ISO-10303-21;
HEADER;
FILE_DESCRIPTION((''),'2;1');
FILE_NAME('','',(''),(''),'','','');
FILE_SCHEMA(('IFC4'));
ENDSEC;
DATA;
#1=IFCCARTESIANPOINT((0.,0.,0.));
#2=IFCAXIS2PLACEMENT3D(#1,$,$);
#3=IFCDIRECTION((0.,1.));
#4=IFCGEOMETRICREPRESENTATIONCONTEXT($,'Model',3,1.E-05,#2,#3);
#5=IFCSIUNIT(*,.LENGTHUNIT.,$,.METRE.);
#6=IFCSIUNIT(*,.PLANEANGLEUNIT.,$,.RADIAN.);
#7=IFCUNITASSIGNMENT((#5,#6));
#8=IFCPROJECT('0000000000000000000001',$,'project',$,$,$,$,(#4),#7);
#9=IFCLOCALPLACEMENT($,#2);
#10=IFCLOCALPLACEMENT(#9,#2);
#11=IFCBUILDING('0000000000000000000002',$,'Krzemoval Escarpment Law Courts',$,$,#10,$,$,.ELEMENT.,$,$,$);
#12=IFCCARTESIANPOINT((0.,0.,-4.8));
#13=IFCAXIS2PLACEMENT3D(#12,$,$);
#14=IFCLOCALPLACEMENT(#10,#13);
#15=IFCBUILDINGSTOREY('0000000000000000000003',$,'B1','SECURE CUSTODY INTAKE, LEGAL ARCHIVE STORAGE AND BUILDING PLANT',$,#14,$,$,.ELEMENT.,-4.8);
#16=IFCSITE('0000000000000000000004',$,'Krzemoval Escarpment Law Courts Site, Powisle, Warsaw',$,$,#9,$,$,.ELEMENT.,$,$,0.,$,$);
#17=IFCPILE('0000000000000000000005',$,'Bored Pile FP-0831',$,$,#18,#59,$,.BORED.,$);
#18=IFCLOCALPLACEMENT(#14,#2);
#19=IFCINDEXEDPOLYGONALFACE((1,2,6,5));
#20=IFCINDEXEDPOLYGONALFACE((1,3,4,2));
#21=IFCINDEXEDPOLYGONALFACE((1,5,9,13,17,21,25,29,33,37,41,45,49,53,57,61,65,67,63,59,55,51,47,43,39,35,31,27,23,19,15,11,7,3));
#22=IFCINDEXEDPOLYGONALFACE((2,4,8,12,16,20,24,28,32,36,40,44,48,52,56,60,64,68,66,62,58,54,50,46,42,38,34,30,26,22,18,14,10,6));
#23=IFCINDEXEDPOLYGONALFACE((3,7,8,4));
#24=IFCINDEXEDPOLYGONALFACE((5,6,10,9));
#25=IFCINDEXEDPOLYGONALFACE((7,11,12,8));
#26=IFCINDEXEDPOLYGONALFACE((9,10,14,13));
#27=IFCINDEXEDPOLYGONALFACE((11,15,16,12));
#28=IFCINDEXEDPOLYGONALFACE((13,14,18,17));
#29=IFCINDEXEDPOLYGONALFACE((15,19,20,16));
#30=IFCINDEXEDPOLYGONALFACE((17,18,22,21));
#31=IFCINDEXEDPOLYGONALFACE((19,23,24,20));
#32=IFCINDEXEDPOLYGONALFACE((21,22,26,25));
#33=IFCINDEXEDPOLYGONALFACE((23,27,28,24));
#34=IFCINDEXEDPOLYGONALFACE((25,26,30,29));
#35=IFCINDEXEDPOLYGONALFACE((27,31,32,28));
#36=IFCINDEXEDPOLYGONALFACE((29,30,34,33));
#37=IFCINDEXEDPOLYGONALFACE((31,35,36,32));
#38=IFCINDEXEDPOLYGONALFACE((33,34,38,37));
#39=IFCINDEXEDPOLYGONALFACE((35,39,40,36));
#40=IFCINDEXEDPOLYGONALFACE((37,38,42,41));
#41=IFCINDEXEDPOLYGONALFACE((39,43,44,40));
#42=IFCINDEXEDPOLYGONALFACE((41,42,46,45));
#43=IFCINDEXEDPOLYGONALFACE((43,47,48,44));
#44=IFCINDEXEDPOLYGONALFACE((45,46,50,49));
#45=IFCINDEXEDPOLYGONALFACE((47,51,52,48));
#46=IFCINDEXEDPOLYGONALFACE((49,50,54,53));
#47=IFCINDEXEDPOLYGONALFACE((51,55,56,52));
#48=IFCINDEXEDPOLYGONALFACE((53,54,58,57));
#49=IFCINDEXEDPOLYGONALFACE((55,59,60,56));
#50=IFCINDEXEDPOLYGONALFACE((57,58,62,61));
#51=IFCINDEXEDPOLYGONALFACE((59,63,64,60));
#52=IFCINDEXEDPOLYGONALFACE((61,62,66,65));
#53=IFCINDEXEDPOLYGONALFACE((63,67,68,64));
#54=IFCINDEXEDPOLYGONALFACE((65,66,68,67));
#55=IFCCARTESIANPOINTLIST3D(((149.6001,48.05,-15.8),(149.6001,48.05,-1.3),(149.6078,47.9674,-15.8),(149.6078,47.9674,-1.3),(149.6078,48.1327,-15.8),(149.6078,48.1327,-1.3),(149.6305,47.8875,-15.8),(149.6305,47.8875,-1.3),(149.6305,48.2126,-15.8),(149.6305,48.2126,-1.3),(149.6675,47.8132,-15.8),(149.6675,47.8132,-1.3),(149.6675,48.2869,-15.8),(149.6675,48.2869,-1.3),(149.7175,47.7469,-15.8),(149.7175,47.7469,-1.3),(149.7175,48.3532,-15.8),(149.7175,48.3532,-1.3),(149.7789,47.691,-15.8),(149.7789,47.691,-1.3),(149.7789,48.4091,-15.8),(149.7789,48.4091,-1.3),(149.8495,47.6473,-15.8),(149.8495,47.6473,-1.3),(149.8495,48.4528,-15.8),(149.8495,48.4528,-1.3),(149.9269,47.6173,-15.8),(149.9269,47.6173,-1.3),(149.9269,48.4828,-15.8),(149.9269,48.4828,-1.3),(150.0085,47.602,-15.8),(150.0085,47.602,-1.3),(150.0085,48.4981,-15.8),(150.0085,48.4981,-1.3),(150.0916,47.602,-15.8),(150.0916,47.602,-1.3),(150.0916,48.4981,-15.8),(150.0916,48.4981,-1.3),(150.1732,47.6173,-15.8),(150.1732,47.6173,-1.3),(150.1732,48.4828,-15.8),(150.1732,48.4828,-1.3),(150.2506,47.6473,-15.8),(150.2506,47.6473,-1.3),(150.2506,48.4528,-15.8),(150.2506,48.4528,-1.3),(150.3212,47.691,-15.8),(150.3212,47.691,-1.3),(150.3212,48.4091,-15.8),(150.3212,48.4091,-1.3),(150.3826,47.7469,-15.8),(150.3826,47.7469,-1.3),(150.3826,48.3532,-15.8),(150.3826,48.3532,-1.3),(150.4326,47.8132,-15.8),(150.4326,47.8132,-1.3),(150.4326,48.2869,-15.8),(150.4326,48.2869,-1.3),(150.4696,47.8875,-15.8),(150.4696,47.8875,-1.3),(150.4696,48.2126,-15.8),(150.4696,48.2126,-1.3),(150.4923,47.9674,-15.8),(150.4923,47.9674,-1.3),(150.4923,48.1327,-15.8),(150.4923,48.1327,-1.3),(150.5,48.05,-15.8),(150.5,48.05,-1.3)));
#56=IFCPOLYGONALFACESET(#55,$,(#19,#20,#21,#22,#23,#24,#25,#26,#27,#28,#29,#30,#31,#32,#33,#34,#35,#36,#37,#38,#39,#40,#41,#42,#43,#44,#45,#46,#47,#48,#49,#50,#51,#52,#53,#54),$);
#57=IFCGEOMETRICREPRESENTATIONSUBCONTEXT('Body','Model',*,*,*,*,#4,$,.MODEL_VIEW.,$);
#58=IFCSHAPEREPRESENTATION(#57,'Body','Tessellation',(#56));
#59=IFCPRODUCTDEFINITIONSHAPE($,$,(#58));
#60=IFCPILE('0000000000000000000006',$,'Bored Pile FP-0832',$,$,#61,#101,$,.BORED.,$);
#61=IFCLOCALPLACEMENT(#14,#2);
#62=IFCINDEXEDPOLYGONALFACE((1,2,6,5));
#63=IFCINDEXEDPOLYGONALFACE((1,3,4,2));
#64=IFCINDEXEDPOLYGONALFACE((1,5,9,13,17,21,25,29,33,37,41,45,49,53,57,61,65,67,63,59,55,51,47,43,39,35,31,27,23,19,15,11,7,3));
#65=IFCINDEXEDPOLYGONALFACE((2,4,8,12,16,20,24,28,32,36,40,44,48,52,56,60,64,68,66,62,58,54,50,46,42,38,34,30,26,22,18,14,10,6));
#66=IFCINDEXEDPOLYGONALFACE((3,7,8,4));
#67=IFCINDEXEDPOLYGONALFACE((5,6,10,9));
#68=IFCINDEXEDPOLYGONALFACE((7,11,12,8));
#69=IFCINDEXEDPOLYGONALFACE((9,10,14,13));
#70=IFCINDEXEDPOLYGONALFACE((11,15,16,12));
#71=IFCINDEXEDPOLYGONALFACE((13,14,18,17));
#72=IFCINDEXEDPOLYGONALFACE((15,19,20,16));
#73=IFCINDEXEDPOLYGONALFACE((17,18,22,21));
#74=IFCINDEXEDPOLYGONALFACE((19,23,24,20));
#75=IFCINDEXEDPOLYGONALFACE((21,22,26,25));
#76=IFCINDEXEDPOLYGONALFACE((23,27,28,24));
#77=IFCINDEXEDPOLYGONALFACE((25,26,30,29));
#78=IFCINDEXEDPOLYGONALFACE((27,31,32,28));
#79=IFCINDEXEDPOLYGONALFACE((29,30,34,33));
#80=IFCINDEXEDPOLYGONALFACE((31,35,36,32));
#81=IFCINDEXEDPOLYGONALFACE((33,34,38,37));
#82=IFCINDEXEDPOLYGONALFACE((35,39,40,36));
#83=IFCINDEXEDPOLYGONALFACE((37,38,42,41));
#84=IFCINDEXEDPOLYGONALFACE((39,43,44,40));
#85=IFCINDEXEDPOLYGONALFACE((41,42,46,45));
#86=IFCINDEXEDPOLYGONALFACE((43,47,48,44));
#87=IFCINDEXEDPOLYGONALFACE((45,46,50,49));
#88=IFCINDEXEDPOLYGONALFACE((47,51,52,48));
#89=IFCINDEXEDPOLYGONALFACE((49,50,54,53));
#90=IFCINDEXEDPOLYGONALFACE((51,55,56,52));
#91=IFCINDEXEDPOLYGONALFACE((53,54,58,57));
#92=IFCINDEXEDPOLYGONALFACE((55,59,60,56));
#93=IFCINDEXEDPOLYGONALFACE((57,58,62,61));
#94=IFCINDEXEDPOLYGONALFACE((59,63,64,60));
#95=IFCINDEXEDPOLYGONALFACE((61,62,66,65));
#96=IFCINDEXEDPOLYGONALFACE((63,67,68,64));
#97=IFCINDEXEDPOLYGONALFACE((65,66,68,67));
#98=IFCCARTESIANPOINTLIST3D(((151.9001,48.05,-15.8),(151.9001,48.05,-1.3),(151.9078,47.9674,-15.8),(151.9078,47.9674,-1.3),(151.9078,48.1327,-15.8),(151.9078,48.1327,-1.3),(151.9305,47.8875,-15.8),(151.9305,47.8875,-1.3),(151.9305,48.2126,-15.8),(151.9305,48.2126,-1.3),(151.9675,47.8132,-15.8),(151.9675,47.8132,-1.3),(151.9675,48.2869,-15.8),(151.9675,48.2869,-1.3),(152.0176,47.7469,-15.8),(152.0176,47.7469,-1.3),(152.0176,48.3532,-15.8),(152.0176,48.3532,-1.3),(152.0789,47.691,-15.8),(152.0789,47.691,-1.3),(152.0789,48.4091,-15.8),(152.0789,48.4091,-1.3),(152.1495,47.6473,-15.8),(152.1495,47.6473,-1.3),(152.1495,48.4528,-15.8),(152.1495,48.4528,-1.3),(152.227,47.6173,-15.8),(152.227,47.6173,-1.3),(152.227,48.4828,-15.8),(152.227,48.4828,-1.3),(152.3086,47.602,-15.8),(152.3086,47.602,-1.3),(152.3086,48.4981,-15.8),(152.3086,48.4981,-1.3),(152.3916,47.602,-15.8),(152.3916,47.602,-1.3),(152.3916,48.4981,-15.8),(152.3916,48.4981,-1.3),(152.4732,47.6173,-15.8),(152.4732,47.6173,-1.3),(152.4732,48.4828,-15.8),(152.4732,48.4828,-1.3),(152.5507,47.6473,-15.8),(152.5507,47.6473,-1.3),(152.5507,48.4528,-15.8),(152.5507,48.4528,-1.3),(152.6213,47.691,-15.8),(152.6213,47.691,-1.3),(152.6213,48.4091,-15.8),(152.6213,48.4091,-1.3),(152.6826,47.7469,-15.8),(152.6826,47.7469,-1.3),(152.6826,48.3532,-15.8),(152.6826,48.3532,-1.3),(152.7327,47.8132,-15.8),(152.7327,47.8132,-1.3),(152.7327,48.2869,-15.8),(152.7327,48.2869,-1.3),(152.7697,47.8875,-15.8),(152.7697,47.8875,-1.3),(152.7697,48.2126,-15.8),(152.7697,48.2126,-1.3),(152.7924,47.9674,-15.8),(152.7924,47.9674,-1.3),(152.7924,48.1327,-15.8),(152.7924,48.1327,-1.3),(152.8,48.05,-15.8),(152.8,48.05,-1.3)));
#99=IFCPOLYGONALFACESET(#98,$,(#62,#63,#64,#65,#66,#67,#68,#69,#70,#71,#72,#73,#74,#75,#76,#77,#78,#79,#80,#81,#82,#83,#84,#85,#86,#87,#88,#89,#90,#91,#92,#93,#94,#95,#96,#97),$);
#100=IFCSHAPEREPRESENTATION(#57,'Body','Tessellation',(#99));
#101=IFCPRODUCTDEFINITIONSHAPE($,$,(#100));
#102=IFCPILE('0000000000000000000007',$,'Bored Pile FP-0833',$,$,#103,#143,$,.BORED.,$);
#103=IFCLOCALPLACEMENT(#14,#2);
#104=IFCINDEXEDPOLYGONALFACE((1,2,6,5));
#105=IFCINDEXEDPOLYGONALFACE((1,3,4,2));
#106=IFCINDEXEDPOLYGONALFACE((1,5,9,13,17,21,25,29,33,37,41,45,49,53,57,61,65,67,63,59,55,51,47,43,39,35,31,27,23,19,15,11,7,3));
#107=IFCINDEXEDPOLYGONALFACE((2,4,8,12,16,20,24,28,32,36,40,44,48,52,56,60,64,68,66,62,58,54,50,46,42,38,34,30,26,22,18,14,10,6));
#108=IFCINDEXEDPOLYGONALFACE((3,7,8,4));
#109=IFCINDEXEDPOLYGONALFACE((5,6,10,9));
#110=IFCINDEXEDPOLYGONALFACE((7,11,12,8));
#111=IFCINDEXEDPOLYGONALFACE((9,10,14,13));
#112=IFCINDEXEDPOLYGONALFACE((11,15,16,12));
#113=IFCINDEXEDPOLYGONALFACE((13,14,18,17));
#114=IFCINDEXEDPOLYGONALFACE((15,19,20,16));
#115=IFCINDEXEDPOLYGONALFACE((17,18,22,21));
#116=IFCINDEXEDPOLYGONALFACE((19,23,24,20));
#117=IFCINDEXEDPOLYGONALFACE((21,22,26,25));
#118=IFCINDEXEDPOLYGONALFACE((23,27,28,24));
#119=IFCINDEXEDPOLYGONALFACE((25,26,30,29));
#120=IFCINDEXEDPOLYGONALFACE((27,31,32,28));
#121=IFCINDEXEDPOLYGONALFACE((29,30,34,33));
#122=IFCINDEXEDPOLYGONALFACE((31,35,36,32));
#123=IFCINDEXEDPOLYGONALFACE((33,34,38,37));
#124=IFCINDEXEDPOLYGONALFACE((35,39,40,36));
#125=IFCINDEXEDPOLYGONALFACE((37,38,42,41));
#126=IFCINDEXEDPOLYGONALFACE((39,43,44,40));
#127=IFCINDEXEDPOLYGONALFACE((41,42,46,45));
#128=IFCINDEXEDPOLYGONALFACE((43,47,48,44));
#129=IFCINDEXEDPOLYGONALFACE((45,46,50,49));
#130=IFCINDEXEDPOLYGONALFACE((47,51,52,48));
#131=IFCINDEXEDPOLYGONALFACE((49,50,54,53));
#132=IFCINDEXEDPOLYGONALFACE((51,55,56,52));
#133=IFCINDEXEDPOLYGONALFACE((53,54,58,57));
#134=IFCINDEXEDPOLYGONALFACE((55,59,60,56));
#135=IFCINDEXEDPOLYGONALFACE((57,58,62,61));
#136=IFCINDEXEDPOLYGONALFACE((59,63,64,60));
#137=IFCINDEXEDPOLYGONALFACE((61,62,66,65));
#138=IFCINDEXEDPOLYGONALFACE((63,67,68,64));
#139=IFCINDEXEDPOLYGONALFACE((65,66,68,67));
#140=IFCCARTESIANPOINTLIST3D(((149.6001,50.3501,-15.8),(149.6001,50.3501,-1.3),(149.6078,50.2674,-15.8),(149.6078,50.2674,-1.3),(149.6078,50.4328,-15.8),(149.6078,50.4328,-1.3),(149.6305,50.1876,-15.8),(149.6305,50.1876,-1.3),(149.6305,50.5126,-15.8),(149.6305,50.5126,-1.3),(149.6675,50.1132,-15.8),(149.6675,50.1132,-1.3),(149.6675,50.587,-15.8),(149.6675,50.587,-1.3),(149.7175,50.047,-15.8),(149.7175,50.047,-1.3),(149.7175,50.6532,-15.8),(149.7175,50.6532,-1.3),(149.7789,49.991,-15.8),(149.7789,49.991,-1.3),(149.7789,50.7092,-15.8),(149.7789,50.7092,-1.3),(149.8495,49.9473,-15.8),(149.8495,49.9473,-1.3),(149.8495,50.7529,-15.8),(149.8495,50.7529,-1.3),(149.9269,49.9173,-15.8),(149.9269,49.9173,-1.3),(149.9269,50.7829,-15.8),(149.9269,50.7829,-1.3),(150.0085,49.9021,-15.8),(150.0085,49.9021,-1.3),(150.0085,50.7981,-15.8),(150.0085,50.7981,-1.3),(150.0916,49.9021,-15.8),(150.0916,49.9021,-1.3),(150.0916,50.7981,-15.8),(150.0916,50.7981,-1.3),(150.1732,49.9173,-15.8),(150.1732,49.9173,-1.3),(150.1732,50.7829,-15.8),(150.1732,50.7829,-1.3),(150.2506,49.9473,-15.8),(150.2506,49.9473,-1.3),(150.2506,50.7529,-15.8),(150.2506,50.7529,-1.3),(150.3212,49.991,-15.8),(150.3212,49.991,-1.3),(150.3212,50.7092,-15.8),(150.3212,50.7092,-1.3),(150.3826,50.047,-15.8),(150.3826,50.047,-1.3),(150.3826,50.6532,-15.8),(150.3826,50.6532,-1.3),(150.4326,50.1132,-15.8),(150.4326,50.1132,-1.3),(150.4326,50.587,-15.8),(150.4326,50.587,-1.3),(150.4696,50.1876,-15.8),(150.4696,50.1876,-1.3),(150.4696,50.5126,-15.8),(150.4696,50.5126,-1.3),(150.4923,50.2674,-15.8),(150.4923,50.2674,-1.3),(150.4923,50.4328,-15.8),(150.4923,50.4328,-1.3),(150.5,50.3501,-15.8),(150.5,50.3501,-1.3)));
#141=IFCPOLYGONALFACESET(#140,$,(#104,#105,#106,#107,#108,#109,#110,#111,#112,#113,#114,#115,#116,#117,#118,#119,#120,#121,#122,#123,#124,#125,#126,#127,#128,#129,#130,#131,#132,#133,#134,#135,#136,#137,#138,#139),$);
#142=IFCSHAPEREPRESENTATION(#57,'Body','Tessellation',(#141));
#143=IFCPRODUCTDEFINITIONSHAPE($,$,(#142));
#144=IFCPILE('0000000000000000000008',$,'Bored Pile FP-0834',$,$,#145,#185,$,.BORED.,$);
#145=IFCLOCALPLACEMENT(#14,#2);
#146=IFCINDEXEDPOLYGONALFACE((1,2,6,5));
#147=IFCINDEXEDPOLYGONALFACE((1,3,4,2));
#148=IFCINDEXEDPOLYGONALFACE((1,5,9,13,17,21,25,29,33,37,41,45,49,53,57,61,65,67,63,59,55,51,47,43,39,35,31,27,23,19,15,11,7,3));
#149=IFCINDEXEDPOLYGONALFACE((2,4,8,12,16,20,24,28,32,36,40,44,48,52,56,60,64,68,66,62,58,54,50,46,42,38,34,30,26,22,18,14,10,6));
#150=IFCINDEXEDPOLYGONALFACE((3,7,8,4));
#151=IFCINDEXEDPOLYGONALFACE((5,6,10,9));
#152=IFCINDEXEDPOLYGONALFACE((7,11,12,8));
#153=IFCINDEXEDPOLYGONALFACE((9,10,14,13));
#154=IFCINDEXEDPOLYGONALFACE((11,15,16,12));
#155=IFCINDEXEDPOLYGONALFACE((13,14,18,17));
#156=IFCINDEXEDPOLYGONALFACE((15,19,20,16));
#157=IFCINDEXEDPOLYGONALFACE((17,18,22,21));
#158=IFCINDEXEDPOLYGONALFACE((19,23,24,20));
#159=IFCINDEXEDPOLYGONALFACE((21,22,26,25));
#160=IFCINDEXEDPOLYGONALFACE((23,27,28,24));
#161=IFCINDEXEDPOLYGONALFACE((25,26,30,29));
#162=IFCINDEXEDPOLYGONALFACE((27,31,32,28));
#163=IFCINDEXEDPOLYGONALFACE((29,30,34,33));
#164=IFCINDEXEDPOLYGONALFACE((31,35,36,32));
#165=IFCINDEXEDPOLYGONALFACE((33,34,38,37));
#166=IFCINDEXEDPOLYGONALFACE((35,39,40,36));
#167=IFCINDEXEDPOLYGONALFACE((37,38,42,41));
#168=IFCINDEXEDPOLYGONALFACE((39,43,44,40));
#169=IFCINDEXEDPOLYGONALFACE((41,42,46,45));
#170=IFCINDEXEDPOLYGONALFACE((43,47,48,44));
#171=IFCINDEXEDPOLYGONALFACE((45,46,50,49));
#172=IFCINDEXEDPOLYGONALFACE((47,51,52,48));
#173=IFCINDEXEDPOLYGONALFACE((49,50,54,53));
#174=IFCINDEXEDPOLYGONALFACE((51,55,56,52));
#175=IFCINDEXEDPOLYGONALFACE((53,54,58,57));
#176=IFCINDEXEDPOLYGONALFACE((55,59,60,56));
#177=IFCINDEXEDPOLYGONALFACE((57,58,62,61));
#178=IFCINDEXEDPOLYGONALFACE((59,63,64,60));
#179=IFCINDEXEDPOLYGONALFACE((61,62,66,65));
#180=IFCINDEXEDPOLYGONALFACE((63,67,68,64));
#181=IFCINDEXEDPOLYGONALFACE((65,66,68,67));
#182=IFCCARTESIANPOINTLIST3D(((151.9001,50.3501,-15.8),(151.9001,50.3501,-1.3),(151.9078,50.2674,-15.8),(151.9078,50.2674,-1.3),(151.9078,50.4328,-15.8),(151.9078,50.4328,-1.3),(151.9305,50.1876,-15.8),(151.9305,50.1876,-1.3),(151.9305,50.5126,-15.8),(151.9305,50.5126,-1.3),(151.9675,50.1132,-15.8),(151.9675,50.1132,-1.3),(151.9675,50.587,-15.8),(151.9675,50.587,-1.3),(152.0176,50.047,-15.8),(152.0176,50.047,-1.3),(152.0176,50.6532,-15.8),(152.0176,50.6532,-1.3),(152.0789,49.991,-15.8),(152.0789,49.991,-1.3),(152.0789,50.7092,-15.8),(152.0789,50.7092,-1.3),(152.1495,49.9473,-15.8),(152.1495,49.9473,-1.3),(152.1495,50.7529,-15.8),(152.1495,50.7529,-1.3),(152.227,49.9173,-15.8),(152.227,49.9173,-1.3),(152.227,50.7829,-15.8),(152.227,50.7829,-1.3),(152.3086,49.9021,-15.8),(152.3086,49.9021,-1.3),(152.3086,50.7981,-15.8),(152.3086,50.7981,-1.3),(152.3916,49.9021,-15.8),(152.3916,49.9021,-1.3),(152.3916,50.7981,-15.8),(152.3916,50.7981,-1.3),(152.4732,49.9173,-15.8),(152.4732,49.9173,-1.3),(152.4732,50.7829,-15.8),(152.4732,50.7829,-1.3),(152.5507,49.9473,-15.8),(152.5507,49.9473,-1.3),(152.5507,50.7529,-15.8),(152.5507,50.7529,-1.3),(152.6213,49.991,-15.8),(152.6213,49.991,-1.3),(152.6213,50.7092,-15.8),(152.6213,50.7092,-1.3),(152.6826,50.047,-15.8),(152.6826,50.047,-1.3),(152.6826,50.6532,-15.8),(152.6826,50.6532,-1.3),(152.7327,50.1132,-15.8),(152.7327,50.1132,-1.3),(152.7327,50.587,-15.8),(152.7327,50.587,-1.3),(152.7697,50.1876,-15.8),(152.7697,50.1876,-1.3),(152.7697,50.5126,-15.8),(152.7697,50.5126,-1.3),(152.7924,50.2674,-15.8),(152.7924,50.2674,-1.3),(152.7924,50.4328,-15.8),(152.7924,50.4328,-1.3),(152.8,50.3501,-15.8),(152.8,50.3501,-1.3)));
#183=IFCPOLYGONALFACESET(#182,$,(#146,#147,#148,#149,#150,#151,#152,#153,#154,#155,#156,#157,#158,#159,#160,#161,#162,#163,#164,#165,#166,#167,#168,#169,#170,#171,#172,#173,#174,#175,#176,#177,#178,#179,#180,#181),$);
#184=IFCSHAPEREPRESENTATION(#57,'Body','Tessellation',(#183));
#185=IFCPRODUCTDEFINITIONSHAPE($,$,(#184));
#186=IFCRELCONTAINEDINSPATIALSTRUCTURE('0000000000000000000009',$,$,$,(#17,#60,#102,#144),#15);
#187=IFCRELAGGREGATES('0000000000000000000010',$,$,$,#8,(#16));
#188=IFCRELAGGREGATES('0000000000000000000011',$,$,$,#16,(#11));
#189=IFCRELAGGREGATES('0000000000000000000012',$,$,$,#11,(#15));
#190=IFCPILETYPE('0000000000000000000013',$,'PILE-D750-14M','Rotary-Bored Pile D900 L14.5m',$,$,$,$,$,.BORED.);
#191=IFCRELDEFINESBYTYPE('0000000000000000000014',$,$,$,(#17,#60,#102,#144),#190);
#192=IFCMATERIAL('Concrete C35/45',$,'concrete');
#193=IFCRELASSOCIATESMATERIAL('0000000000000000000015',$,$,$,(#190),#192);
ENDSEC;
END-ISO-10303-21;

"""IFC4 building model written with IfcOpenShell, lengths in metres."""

from ifc_helpers import new_model, si_unit, direction, frame, origin, origin_2d, place, context, subcontext, project, spatial, circle, extrude, material, material_profile, profile_set, type_object, element, save


model = new_model("IFC4")

# Units and contexts
model_context = context("Model", 3, precision=1e-05, world=origin(), true_north=direction((0.0, 1.0)))
body_context = subcontext(model_context, "Body", "Model", "MODEL_VIEW")
ifc_project = project(units=[si_unit("LENGTHUNIT", "METRE"), si_unit("PLANEANGLEUNIT", "RADIAN")], contexts=[model_context])

# Site, building, storey
site_placement = place(None, origin())
site = spatial("IfcSite", under=ifc_project, at=site_placement, Name="Krzemoval Escarpment Law Courts Site, Powisle, Warsaw", CompositionType="ELEMENT", RefElevation=0.0)
building_placement = place(site_placement, origin())
building = spatial("IfcBuilding", under=site, at=building_placement, Name="Krzemoval Escarpment Law Courts", CompositionType="ELEMENT")
storey_placement = place(building_placement, frame((0.0, 0.0, -4.8)))
storey = spatial("IfcBuildingStorey", under=building, at=storey_placement, Name="B1", Description="SECURE CUSTODY INTAKE, LEGAL ARCHIVE STORAGE AND BUILDING PLANT", CompositionType="ELEMENT", Elevation=-4.8)

# Piles
ifc_material_1 = material(Name="Concrete C35/45", Category="concrete")
ifc_material_profile_1 = material_profile(ifc_material_1, circle(Radius=0.45, at=origin_2d()), Name="PILE D900")
ifc_profile_set_1 = profile_set([ifc_material_profile_1], Name="Concrete C35/45")
pile_type = type_object("IfcPileType", Name="PILE-D750-14M", Description="Rotary-Bored Pile D900 L14.5m", PredefinedType="BORED", material=ifc_profile_set_1)
for number, where, z_axis, x_axis, name in (
    (1, (150.05, 48.05, -1.3), (0.0, 0.0, -1.0), (1.0, 0.0, 0.0), "Bored Pile FP-0831"),
    (2, (152.3501, 48.05, -1.3), (0.0, 0.0, -1.0), (1.0, 0.0, 0.0), "Bored Pile FP-0832"),
    (3, (150.05, 50.3501, -1.3), (0.0, 0.0, -1.0), (1.0, 0.0, 0.0), "Bored Pile FP-0833"),
    (4, (152.3501, 50.3501, -1.3), (0.0, 0.0, -1.0), (1.0, 0.0, 0.0), "Bored Pile FP-0834"),
):
    element("IfcPile", number, at=place(storey_placement, frame(where, z_axis=z_axis, x_axis=x_axis)), inside=storey, type_object=pile_type, Name=name, PredefinedType="BORED", context=body_context, shape_type="SweptSolid", body=[
        extrude(circle(Radius=0.45, at=origin_2d()), origin(), (0.0, 0.0, 1.0), 14.5),
    ])

save(model, "model.ifc")
